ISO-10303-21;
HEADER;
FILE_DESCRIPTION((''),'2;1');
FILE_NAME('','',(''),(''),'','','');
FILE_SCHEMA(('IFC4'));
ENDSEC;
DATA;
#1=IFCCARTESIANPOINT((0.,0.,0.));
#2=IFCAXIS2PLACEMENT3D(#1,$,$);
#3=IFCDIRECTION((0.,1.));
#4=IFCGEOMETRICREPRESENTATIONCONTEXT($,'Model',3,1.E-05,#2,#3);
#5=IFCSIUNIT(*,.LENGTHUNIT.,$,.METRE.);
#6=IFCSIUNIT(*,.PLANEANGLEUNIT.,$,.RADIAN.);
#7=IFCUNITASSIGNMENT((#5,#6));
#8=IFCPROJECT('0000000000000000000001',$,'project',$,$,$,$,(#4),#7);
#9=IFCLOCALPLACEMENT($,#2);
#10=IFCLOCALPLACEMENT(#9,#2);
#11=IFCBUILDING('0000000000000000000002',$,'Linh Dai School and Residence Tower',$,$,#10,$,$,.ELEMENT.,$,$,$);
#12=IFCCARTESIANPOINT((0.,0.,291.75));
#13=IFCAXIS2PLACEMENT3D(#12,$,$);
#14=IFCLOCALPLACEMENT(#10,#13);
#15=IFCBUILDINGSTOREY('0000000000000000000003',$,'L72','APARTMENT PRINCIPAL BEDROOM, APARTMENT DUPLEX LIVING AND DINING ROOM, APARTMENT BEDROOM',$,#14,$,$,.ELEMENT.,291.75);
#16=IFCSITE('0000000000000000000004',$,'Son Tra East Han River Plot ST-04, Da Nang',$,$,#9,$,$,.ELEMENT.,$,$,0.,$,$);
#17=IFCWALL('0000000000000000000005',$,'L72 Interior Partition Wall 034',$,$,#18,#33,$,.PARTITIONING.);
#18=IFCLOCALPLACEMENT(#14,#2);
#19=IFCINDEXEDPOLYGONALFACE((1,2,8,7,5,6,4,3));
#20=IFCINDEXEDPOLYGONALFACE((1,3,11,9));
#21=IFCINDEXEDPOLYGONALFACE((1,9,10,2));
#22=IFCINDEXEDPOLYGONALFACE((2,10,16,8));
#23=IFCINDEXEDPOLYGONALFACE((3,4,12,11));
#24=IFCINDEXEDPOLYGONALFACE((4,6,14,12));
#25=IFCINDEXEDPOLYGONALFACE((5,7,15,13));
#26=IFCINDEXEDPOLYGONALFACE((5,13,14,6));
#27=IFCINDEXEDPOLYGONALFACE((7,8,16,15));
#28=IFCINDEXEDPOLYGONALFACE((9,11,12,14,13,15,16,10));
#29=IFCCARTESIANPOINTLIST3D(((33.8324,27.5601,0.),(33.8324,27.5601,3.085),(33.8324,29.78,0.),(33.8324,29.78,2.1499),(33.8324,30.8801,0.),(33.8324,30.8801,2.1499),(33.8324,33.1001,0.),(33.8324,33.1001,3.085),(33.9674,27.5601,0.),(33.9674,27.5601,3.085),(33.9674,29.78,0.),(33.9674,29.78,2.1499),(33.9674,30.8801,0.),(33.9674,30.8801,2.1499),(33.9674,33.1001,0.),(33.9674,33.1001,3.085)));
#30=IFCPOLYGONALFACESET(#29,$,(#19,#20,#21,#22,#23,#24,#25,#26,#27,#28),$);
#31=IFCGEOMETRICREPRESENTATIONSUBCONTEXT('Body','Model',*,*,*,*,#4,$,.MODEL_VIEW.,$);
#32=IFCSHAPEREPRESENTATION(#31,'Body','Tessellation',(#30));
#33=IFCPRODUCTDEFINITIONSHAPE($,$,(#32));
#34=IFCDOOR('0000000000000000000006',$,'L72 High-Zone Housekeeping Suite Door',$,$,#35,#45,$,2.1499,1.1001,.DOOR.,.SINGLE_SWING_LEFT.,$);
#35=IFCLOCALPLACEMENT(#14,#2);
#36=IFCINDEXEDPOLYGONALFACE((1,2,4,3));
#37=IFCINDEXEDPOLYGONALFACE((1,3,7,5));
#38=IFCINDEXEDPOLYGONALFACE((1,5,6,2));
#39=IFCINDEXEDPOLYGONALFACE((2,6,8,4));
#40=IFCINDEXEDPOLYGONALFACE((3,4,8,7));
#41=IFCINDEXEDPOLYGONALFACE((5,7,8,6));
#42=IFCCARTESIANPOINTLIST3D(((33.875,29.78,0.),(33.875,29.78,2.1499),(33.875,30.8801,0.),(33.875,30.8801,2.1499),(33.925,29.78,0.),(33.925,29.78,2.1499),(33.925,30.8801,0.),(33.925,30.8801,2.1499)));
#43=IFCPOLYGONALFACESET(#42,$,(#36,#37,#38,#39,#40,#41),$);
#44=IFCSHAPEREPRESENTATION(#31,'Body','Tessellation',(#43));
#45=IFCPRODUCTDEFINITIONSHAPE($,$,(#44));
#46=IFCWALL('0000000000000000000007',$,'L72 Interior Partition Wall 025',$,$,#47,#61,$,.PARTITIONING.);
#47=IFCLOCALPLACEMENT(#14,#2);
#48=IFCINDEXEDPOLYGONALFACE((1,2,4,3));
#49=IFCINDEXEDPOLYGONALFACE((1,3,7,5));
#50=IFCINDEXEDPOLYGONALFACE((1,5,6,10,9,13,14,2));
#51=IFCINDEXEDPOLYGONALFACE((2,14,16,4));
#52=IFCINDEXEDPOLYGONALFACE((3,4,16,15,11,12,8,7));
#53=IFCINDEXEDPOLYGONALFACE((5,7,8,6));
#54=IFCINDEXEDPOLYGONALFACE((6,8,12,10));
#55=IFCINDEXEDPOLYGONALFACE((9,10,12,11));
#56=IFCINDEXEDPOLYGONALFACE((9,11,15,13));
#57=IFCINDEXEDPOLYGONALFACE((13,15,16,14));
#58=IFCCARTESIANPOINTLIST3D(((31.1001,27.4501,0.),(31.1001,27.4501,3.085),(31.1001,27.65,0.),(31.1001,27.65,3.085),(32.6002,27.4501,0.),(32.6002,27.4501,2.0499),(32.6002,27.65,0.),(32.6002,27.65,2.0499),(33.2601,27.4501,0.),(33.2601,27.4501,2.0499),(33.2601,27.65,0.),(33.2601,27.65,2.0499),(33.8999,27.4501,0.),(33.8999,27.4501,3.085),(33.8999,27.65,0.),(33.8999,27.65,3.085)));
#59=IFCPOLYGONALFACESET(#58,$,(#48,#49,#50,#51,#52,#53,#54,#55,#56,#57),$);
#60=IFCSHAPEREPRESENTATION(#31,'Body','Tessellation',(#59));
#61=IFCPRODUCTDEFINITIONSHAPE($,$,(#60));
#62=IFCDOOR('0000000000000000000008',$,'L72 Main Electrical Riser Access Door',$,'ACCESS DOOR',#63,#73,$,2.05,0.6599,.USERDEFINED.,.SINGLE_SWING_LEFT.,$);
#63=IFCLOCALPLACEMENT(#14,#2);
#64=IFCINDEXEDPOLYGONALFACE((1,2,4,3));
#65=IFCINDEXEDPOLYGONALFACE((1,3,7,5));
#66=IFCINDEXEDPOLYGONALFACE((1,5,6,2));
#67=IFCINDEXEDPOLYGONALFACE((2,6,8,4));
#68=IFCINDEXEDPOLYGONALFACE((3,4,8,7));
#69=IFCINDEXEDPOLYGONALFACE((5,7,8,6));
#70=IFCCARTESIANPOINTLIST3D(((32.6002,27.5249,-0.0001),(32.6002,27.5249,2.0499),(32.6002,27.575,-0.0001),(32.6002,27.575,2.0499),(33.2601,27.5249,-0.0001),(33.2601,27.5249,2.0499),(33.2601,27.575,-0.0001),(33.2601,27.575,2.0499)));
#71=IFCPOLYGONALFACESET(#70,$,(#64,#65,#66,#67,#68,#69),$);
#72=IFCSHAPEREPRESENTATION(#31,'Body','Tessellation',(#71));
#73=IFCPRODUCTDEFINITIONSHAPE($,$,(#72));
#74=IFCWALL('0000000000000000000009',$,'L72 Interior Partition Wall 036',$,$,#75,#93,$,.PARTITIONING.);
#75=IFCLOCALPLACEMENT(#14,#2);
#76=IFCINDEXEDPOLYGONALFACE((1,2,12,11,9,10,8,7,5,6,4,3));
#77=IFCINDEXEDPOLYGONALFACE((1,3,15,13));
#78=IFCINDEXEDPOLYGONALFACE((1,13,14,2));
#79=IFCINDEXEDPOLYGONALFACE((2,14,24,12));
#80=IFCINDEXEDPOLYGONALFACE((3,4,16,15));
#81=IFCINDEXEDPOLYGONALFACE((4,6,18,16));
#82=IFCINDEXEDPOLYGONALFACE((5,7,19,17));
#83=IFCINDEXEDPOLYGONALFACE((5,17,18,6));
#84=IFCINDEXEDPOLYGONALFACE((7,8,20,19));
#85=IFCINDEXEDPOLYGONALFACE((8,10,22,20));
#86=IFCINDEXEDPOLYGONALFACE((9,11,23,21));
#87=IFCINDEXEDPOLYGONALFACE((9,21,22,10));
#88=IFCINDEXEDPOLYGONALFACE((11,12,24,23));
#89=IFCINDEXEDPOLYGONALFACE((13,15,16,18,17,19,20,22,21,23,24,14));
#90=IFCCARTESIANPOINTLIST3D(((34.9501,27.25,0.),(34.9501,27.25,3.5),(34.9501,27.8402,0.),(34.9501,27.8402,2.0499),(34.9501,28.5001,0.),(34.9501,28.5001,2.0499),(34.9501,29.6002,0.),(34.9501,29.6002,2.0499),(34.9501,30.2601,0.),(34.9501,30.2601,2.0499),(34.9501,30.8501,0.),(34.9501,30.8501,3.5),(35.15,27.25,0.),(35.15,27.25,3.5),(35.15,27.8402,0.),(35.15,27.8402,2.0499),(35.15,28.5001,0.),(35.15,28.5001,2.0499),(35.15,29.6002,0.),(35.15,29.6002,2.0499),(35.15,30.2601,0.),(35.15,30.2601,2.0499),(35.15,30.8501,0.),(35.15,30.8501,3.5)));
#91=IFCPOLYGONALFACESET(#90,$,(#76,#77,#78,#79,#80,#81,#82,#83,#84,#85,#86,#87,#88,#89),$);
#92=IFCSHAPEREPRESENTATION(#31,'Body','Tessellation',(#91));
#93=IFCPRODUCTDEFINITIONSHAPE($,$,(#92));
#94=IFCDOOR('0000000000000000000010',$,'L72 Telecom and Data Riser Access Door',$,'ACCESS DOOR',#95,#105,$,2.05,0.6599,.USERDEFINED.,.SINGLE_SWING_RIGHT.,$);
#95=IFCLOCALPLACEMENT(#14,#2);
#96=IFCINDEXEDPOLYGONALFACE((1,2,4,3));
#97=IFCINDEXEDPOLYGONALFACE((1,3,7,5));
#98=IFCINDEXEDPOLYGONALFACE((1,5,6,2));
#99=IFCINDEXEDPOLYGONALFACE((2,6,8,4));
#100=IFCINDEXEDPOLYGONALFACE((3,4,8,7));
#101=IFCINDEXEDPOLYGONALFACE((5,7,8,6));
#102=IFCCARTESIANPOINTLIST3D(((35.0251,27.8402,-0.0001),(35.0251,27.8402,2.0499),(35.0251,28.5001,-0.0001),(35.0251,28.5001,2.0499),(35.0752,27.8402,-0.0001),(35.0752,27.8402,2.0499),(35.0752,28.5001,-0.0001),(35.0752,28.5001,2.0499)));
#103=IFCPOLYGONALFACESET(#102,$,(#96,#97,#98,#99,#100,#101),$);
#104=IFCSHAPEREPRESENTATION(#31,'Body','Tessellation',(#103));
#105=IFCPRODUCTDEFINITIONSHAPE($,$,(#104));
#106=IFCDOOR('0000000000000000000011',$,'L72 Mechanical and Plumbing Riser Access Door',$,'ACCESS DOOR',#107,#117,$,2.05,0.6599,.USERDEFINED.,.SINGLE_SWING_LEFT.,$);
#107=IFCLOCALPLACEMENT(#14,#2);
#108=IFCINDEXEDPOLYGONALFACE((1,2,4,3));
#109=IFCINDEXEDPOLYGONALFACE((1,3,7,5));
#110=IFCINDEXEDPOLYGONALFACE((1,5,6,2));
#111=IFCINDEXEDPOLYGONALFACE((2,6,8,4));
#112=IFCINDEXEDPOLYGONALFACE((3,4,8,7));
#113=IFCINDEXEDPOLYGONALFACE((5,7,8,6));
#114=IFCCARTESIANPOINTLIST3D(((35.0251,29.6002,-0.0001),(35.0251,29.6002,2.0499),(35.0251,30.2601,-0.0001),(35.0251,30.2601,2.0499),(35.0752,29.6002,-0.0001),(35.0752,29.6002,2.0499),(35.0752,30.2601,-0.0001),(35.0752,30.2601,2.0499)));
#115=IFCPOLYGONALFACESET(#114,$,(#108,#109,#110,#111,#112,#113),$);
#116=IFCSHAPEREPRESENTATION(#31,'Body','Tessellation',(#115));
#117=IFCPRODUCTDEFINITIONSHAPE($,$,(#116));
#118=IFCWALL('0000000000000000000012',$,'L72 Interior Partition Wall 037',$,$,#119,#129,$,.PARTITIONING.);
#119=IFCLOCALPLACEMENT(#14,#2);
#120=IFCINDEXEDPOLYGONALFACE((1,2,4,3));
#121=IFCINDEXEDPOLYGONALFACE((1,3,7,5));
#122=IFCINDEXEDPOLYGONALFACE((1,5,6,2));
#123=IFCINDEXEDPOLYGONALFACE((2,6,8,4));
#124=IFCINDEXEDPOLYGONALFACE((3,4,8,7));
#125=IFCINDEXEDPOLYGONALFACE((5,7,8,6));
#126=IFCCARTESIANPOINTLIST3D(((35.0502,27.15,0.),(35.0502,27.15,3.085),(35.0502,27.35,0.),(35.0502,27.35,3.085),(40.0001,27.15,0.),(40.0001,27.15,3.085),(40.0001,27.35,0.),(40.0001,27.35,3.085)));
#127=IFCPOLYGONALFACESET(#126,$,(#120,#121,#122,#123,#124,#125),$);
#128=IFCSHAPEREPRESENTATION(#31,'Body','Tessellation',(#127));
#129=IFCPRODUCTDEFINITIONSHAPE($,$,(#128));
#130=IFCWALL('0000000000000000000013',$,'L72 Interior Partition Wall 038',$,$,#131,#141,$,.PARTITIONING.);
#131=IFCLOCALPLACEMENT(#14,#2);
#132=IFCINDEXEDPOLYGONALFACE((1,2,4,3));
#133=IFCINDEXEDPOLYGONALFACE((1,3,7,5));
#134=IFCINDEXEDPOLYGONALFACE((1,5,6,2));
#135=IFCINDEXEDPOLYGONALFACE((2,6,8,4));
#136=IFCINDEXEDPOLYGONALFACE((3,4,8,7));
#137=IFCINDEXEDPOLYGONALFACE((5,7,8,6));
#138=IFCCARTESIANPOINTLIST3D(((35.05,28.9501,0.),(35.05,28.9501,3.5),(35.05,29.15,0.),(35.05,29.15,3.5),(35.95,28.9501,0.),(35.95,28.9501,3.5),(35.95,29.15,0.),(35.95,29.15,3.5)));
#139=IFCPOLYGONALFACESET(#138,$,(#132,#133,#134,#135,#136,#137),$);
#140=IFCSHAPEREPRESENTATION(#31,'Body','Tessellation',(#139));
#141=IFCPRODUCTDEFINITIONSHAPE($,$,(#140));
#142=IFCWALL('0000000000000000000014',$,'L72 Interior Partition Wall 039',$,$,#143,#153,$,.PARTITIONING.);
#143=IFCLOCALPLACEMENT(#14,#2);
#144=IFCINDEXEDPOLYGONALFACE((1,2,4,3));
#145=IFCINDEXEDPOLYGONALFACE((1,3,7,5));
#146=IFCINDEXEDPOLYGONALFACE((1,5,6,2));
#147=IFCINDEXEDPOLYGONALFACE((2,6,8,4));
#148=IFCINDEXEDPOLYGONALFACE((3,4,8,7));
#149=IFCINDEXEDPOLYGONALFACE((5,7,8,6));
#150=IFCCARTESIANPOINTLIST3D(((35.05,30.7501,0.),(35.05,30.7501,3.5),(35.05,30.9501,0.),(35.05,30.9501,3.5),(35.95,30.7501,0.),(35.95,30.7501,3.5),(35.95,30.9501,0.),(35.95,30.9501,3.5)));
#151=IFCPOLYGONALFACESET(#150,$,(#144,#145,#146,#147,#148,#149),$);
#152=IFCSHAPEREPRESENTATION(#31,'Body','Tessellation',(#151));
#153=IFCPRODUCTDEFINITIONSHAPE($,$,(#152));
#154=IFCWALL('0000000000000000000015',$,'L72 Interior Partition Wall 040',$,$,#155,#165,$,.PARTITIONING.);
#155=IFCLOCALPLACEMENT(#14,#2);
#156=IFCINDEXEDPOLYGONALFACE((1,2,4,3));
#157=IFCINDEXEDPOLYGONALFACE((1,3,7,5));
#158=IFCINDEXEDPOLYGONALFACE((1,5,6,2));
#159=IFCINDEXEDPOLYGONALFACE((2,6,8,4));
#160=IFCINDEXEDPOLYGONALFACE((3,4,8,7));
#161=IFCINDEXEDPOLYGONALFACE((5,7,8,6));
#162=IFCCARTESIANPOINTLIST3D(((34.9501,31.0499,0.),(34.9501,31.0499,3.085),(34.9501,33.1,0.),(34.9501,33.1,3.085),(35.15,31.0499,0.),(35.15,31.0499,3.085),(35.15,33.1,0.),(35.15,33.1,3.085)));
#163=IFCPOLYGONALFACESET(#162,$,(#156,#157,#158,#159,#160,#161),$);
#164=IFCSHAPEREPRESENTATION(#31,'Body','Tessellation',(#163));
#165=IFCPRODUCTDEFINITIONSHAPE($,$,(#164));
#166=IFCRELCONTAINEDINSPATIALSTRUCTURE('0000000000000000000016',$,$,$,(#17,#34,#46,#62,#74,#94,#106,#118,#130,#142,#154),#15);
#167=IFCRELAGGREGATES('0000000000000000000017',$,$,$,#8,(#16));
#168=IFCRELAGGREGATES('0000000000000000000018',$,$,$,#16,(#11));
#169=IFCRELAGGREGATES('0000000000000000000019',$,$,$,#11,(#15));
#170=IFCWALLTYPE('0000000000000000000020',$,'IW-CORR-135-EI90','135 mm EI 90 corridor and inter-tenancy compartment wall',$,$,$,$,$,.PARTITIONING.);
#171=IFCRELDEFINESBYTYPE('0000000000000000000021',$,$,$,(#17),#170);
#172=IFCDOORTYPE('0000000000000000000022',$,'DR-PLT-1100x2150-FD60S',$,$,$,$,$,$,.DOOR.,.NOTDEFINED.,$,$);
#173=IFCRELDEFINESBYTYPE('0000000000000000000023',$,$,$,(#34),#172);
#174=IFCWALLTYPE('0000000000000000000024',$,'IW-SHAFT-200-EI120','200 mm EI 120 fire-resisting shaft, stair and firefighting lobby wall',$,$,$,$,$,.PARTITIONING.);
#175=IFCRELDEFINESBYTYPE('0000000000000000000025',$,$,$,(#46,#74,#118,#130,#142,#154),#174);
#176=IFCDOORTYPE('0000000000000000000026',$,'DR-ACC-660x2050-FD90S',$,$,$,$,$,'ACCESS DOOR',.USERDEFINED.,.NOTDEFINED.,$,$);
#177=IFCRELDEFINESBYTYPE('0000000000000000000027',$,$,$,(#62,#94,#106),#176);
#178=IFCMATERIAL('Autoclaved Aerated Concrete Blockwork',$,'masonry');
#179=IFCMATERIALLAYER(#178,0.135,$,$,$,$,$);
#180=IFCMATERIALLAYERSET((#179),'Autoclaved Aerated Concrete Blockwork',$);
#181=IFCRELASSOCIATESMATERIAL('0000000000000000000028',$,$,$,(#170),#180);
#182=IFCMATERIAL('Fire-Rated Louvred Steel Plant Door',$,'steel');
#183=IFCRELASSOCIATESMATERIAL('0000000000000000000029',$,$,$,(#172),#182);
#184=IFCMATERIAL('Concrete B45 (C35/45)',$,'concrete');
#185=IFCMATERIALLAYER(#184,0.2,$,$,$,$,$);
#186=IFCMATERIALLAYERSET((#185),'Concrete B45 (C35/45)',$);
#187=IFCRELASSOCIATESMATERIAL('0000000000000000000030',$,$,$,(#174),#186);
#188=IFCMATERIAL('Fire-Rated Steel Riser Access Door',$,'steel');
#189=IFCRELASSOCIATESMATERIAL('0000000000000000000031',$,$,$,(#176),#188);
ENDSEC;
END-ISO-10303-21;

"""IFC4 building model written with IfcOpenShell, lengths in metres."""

from ifc_helpers import new_model, si_unit, direction, frame, frame_2d, origin, origin_2d, place, context, subcontext, project, spatial, rectangle, extrude, source, transform, mapped, material, layer, layer_set, type_object, element, fill, save


model = new_model("IFC4")

# Units and contexts
model_context = context("Model", 3, precision=1e-05, world=origin(), true_north=direction((0.0, 1.0)))
body_context = subcontext(model_context, "Body", "Model", "MODEL_VIEW")
ifc_project = project(units=[si_unit("LENGTHUNIT", "METRE"), si_unit("PLANEANGLEUNIT", "RADIAN")], contexts=[model_context])

# Site, building, storey
site_placement = place(None, origin())
site = spatial("IfcSite", under=ifc_project, at=site_placement, Name="Son Tra East Han River Plot ST-04, Da Nang", CompositionType="ELEMENT", RefElevation=0.0)
building_placement = place(site_placement, origin())
building = spatial("IfcBuilding", under=site, at=building_placement, Name="Linh Dai School and Residence Tower", CompositionType="ELEMENT")
storey_placement = place(building_placement, frame((0.0, 0.0, 291.75)))
storey = spatial("IfcBuildingStorey", under=building, at=storey_placement, Name="L72", Description="APARTMENT PRINCIPAL BEDROOM, APARTMENT DUPLEX LIVING AND DINING ROOM, APARTMENT BEDROOM", CompositionType="ELEMENT", Elevation=291.75)

# Walls, openings, doors
ifc_material_1 = material(Name="Autoclaved Aerated Concrete Blockwork", Category="masonry")
ifc_layer_1 = layer(ifc_material_1, 0.135)
ifc_layer_set_1 = layer_set([ifc_layer_1], Name="Autoclaved Aerated Concrete Blockwork")
wall_type_1 = type_object("IfcWallType", Name="IW-CORR-135-EI90", Description="135 mm EI 90 corridor and inter-tenancy compartment wall", PredefinedType="PARTITIONING", material=ifc_layer_set_1)
wall_1_placement = place(storey_placement, frame((33.8999, 27.5601, 0.0), z_axis=(0.0, 0.0, 1.0), x_axis=(0.0, 1.0, 0.0)))
wall_1 = element("IfcWall", 1, at=wall_1_placement, inside=storey, type_object=wall_type_1, Name="L72 Interior Partition Wall 034", PredefinedType="PARTITIONING", context=body_context, shape_type="SweptSolid", body=[
    extrude(rectangle(XDim=5.54, YDim=0.135, at=frame_2d((2.77, 0.0))), origin(), (0.0, 0.0, 1.0), 3.085),
])
opening_1_placement = place(wall_1_placement, frame((2.22, 0.0, 0.0)))
opening_1 = element("IfcOpeningElement", 2, at=opening_1_placement, cuts=wall_1, PredefinedType="OPENING", context=body_context, shape_type="SweptSolid", body=[
    extrude(rectangle(XDim=1.1001, YDim=2.1499, at=origin_2d()), frame((0.55, 0.0776, 1.075), z_axis=(0.0, -1.0, 0.0), x_axis=(1.0, 0.0, 0.0)), (0.0, 0.0, 1.0), 0.155),
])
ifc_material_2 = material(Name="Fire-Rated Louvred Steel Plant Door", Category="steel")
door_type_1 = type_object("IfcDoorType", Name="DR-PLT-1100x2150-FD60S", OperationType="NOTDEFINED", PredefinedType="DOOR", material=ifc_material_2)
shared_shape_1 = source(origin(), body_context, "Body", "SweptSolid", [
    extrude(rectangle(XDim=1.1001, YDim=2.1499, at=origin_2d()), frame((0.55, 0.0249, 1.075), z_axis=(0.0, -1.0, 0.0), x_axis=(1.0, 0.0, 0.0)), (0.0, 0.0, 1.0), 0.05),
])
door_1_placement = place(opening_1_placement, origin())
door_1 = element("IfcDoor", 3, at=door_1_placement, inside=storey, type_object=door_type_1, Name="L72 High-Zone Housekeeping Suite Door", OperationType="SINGLE_SWING_LEFT", OverallHeight=2.1499, OverallWidth=1.1001, PredefinedType="DOOR", context=body_context, shape_type="MappedRepresentation", body=[
    mapped(shared_shape_1, transform((0.0, 0.0, 0.0), x_axis=(1.0, 0.0, 0.0), y_axis=(0.0, 1.0, 0.0), z_axis=(0.0, 0.0, 1.0), scale=1.0)),
])
fill(opening_1, door_1)
ifc_material_3 = material(Name="Concrete B45 (C35/45)", Category="concrete")
ifc_layer_2 = layer(ifc_material_3, 0.2)
ifc_layer_set_2 = layer_set([ifc_layer_2], Name="Concrete B45 (C35/45)")
wall_type_2 = type_object("IfcWallType", Name="IW-SHAFT-200-EI120", Description="200 mm EI 120 fire-resisting shaft, stair and firefighting lobby wall", PredefinedType="PARTITIONING", material=ifc_layer_set_2)
wall_2_placement = place(storey_placement, frame((31.1001, 27.55, 0.0), z_axis=(0.0, 0.0, 1.0), x_axis=(1.0, 0.0, 0.0)))
wall_2 = element("IfcWall", 4, at=wall_2_placement, inside=storey, type_object=wall_type_2, Name="L72 Interior Partition Wall 025", PredefinedType="PARTITIONING", context=body_context, shape_type="SweptSolid", body=[
    extrude(rectangle(XDim=2.7998, YDim=0.2, at=frame_2d((1.3999, 0.0))), origin(), (0.0, 0.0, 1.0), 3.085),
])
opening_2_placement = place(wall_2_placement, frame((1.5, 0.0, 0.0)))
opening_2 = element("IfcOpeningElement", 5, at=opening_2_placement, cuts=wall_2, PredefinedType="OPENING", context=body_context, shape_type="SweptSolid", body=[
    extrude(rectangle(XDim=0.6599, YDim=2.05, at=origin_2d()), frame((0.3301, 0.1099, 1.0249), z_axis=(0.0, -1.0, 0.0), x_axis=(1.0, 0.0, 0.0)), (0.0, 0.0, 1.0), 0.22),
])
ifc_material_4 = material(Name="Fire-Rated Steel Riser Access Door", Category="steel")
door_type_2 = type_object("IfcDoorType", Name="DR-ACC-660x2050-FD90S", ElementType="ACCESS DOOR", OperationType="NOTDEFINED", PredefinedType="USERDEFINED", material=ifc_material_4)
shared_shape_2 = source(origin(), body_context, "Body", "SweptSolid", [
    extrude(rectangle(XDim=0.6599, YDim=2.05, at=origin_2d()), frame((0.3301, 0.0249, 1.0249), z_axis=(0.0, -1.0, 0.0), x_axis=(1.0, 0.0, 0.0)), (0.0, 0.0, 1.0), 0.05),
])
door_2_placement = place(opening_2_placement, origin())
door_2 = element("IfcDoor", 6, at=door_2_placement, inside=storey, type_object=door_type_2, Name="L72 Main Electrical Riser Access Door", ObjectType="ACCESS DOOR", OperationType="SINGLE_SWING_LEFT", OverallHeight=2.05, OverallWidth=0.6599, PredefinedType="USERDEFINED", context=body_context, shape_type="MappedRepresentation", body=[
    mapped(shared_shape_2, transform((0.0, 0.0, 0.0), x_axis=(1.0, 0.0, 0.0), y_axis=(0.0, 1.0, 0.0), z_axis=(0.0, 0.0, 1.0), scale=1.0)),
])
fill(opening_2, door_2)

# Wall, openings, doors
wall_3_placement = place(storey_placement, frame((35.05, 27.25, 0.0), z_axis=(0.0, 0.0, 1.0), x_axis=(0.0, 1.0, 0.0)))
wall_3 = element("IfcWall", 7, at=wall_3_placement, inside=storey, type_object=wall_type_2, Name="L72 Interior Partition Wall 036", PredefinedType="PARTITIONING", context=body_context, shape_type="SweptSolid", body=[
    extrude(rectangle(XDim=3.6001, YDim=0.2, at=frame_2d((1.8, 0.0))), origin(), (0.0, 0.0, 1.0), 3.5),
])
opening_3_placement = place(wall_3_placement, frame((0.5901, 0.0, 0.0)))
opening_3 = element("IfcOpeningElement", 8, at=opening_3_placement, cuts=wall_3, PredefinedType="OPENING", context=body_context, shape_type="SweptSolid", body=[
    extrude(rectangle(XDim=0.6599, YDim=2.05, at=origin_2d()), frame((0.3301, 0.1099, 1.0249), z_axis=(0.0, -1.0, 0.0), x_axis=(1.0, 0.0, 0.0)), (0.0, 0.0, 1.0), 0.22),
])
opening_4_placement = place(wall_3_placement, frame((2.3501, 0.0, 0.0)))
opening_4 = element("IfcOpeningElement", 9, at=opening_4_placement, cuts=wall_3, PredefinedType="OPENING", context=body_context, shape_type="SweptSolid", body=[
    extrude(rectangle(XDim=0.6599, YDim=2.05, at=origin_2d()), frame((0.3301, 0.1099, 1.0249), z_axis=(0.0, -1.0, 0.0), x_axis=(1.0, 0.0, 0.0)), (0.0, 0.0, 1.0), 0.22),
])
door_3_placement = place(opening_3_placement, origin())
door_3 = element("IfcDoor", 10, at=door_3_placement, inside=storey, type_object=door_type_2, Name="L72 Telecom and Data Riser Access Door", ObjectType="ACCESS DOOR", OperationType="SINGLE_SWING_RIGHT", OverallHeight=2.05, OverallWidth=0.6599, PredefinedType="USERDEFINED", context=body_context, shape_type="MappedRepresentation", body=[
    mapped(shared_shape_2, transform((0.0, 0.0, 0.0), x_axis=(1.0, 0.0, 0.0), y_axis=(0.0, 1.0, 0.0), z_axis=(0.0, 0.0, 1.0), scale=1.0)),
])
fill(opening_3, door_3)
door_4_placement = place(opening_4_placement, origin())
door_4 = element("IfcDoor", 11, at=door_4_placement, inside=storey, type_object=door_type_2, Name="L72 Mechanical and Plumbing Riser Access Door", ObjectType="ACCESS DOOR", OperationType="SINGLE_SWING_LEFT", OverallHeight=2.05, OverallWidth=0.6599, PredefinedType="USERDEFINED", context=body_context, shape_type="MappedRepresentation", body=[
    mapped(shared_shape_2, transform((0.0, 0.0, 0.0), x_axis=(1.0, 0.0, 0.0), y_axis=(0.0, 1.0, 0.0), z_axis=(0.0, 0.0, 1.0), scale=1.0)),
])
fill(opening_4, door_4)

# Walls
wall_4_placement = place(storey_placement, frame((35.05, 27.25, 0.0), z_axis=(0.0, 0.0, 1.0), x_axis=(1.0, 0.0, 0.0)))
element("IfcWall", 12, at=wall_4_placement, inside=storey, type_object=wall_type_2, Name="L72 Interior Partition Wall 037", PredefinedType="PARTITIONING", context=body_context, shape_type="SweptSolid", body=[
    extrude(rectangle(XDim=4.95, YDim=0.2, at=frame_2d((2.4751, 0.0))), origin(), (0.0, 0.0, 1.0), 3.085),
])
for number, where, z_axis, x_axis, name in (
    (13, (35.05, 29.05, 0.0), (0.0, 0.0, 1.0), (1.0, 0.0, 0.0), "L72 Interior Partition Wall 038"),
    (14, (35.05, 30.8501, 0.0), (0.0, 0.0, 1.0), (1.0, 0.0, 0.0), "L72 Interior Partition Wall 039"),
):
    element("IfcWall", number, at=place(storey_placement, frame(where, z_axis=z_axis, x_axis=x_axis)), inside=storey, type_object=wall_type_2, Name=name, PredefinedType="PARTITIONING", context=body_context, shape_type="SweptSolid", body=[
        extrude(rectangle(XDim=0.8999, YDim=0.2, at=frame_2d((0.45, 0.0))), origin(), (0.0, 0.0, 1.0), 3.5),
    ])
wall_5_placement = place(storey_placement, frame((35.05, 31.05, 0.0), z_axis=(0.0, 0.0, 1.0), x_axis=(0.0, 1.0, 0.0)))
element("IfcWall", 15, at=wall_5_placement, inside=storey, type_object=wall_type_2, Name="L72 Interior Partition Wall 040", PredefinedType="PARTITIONING", context=body_context, shape_type="SweptSolid", body=[
    extrude(rectangle(XDim=2.05, YDim=0.2, at=frame_2d((1.0249, 0.0))), origin(), (0.0, 0.0, 1.0), 3.085),
])

save(model, "model.ifc")
